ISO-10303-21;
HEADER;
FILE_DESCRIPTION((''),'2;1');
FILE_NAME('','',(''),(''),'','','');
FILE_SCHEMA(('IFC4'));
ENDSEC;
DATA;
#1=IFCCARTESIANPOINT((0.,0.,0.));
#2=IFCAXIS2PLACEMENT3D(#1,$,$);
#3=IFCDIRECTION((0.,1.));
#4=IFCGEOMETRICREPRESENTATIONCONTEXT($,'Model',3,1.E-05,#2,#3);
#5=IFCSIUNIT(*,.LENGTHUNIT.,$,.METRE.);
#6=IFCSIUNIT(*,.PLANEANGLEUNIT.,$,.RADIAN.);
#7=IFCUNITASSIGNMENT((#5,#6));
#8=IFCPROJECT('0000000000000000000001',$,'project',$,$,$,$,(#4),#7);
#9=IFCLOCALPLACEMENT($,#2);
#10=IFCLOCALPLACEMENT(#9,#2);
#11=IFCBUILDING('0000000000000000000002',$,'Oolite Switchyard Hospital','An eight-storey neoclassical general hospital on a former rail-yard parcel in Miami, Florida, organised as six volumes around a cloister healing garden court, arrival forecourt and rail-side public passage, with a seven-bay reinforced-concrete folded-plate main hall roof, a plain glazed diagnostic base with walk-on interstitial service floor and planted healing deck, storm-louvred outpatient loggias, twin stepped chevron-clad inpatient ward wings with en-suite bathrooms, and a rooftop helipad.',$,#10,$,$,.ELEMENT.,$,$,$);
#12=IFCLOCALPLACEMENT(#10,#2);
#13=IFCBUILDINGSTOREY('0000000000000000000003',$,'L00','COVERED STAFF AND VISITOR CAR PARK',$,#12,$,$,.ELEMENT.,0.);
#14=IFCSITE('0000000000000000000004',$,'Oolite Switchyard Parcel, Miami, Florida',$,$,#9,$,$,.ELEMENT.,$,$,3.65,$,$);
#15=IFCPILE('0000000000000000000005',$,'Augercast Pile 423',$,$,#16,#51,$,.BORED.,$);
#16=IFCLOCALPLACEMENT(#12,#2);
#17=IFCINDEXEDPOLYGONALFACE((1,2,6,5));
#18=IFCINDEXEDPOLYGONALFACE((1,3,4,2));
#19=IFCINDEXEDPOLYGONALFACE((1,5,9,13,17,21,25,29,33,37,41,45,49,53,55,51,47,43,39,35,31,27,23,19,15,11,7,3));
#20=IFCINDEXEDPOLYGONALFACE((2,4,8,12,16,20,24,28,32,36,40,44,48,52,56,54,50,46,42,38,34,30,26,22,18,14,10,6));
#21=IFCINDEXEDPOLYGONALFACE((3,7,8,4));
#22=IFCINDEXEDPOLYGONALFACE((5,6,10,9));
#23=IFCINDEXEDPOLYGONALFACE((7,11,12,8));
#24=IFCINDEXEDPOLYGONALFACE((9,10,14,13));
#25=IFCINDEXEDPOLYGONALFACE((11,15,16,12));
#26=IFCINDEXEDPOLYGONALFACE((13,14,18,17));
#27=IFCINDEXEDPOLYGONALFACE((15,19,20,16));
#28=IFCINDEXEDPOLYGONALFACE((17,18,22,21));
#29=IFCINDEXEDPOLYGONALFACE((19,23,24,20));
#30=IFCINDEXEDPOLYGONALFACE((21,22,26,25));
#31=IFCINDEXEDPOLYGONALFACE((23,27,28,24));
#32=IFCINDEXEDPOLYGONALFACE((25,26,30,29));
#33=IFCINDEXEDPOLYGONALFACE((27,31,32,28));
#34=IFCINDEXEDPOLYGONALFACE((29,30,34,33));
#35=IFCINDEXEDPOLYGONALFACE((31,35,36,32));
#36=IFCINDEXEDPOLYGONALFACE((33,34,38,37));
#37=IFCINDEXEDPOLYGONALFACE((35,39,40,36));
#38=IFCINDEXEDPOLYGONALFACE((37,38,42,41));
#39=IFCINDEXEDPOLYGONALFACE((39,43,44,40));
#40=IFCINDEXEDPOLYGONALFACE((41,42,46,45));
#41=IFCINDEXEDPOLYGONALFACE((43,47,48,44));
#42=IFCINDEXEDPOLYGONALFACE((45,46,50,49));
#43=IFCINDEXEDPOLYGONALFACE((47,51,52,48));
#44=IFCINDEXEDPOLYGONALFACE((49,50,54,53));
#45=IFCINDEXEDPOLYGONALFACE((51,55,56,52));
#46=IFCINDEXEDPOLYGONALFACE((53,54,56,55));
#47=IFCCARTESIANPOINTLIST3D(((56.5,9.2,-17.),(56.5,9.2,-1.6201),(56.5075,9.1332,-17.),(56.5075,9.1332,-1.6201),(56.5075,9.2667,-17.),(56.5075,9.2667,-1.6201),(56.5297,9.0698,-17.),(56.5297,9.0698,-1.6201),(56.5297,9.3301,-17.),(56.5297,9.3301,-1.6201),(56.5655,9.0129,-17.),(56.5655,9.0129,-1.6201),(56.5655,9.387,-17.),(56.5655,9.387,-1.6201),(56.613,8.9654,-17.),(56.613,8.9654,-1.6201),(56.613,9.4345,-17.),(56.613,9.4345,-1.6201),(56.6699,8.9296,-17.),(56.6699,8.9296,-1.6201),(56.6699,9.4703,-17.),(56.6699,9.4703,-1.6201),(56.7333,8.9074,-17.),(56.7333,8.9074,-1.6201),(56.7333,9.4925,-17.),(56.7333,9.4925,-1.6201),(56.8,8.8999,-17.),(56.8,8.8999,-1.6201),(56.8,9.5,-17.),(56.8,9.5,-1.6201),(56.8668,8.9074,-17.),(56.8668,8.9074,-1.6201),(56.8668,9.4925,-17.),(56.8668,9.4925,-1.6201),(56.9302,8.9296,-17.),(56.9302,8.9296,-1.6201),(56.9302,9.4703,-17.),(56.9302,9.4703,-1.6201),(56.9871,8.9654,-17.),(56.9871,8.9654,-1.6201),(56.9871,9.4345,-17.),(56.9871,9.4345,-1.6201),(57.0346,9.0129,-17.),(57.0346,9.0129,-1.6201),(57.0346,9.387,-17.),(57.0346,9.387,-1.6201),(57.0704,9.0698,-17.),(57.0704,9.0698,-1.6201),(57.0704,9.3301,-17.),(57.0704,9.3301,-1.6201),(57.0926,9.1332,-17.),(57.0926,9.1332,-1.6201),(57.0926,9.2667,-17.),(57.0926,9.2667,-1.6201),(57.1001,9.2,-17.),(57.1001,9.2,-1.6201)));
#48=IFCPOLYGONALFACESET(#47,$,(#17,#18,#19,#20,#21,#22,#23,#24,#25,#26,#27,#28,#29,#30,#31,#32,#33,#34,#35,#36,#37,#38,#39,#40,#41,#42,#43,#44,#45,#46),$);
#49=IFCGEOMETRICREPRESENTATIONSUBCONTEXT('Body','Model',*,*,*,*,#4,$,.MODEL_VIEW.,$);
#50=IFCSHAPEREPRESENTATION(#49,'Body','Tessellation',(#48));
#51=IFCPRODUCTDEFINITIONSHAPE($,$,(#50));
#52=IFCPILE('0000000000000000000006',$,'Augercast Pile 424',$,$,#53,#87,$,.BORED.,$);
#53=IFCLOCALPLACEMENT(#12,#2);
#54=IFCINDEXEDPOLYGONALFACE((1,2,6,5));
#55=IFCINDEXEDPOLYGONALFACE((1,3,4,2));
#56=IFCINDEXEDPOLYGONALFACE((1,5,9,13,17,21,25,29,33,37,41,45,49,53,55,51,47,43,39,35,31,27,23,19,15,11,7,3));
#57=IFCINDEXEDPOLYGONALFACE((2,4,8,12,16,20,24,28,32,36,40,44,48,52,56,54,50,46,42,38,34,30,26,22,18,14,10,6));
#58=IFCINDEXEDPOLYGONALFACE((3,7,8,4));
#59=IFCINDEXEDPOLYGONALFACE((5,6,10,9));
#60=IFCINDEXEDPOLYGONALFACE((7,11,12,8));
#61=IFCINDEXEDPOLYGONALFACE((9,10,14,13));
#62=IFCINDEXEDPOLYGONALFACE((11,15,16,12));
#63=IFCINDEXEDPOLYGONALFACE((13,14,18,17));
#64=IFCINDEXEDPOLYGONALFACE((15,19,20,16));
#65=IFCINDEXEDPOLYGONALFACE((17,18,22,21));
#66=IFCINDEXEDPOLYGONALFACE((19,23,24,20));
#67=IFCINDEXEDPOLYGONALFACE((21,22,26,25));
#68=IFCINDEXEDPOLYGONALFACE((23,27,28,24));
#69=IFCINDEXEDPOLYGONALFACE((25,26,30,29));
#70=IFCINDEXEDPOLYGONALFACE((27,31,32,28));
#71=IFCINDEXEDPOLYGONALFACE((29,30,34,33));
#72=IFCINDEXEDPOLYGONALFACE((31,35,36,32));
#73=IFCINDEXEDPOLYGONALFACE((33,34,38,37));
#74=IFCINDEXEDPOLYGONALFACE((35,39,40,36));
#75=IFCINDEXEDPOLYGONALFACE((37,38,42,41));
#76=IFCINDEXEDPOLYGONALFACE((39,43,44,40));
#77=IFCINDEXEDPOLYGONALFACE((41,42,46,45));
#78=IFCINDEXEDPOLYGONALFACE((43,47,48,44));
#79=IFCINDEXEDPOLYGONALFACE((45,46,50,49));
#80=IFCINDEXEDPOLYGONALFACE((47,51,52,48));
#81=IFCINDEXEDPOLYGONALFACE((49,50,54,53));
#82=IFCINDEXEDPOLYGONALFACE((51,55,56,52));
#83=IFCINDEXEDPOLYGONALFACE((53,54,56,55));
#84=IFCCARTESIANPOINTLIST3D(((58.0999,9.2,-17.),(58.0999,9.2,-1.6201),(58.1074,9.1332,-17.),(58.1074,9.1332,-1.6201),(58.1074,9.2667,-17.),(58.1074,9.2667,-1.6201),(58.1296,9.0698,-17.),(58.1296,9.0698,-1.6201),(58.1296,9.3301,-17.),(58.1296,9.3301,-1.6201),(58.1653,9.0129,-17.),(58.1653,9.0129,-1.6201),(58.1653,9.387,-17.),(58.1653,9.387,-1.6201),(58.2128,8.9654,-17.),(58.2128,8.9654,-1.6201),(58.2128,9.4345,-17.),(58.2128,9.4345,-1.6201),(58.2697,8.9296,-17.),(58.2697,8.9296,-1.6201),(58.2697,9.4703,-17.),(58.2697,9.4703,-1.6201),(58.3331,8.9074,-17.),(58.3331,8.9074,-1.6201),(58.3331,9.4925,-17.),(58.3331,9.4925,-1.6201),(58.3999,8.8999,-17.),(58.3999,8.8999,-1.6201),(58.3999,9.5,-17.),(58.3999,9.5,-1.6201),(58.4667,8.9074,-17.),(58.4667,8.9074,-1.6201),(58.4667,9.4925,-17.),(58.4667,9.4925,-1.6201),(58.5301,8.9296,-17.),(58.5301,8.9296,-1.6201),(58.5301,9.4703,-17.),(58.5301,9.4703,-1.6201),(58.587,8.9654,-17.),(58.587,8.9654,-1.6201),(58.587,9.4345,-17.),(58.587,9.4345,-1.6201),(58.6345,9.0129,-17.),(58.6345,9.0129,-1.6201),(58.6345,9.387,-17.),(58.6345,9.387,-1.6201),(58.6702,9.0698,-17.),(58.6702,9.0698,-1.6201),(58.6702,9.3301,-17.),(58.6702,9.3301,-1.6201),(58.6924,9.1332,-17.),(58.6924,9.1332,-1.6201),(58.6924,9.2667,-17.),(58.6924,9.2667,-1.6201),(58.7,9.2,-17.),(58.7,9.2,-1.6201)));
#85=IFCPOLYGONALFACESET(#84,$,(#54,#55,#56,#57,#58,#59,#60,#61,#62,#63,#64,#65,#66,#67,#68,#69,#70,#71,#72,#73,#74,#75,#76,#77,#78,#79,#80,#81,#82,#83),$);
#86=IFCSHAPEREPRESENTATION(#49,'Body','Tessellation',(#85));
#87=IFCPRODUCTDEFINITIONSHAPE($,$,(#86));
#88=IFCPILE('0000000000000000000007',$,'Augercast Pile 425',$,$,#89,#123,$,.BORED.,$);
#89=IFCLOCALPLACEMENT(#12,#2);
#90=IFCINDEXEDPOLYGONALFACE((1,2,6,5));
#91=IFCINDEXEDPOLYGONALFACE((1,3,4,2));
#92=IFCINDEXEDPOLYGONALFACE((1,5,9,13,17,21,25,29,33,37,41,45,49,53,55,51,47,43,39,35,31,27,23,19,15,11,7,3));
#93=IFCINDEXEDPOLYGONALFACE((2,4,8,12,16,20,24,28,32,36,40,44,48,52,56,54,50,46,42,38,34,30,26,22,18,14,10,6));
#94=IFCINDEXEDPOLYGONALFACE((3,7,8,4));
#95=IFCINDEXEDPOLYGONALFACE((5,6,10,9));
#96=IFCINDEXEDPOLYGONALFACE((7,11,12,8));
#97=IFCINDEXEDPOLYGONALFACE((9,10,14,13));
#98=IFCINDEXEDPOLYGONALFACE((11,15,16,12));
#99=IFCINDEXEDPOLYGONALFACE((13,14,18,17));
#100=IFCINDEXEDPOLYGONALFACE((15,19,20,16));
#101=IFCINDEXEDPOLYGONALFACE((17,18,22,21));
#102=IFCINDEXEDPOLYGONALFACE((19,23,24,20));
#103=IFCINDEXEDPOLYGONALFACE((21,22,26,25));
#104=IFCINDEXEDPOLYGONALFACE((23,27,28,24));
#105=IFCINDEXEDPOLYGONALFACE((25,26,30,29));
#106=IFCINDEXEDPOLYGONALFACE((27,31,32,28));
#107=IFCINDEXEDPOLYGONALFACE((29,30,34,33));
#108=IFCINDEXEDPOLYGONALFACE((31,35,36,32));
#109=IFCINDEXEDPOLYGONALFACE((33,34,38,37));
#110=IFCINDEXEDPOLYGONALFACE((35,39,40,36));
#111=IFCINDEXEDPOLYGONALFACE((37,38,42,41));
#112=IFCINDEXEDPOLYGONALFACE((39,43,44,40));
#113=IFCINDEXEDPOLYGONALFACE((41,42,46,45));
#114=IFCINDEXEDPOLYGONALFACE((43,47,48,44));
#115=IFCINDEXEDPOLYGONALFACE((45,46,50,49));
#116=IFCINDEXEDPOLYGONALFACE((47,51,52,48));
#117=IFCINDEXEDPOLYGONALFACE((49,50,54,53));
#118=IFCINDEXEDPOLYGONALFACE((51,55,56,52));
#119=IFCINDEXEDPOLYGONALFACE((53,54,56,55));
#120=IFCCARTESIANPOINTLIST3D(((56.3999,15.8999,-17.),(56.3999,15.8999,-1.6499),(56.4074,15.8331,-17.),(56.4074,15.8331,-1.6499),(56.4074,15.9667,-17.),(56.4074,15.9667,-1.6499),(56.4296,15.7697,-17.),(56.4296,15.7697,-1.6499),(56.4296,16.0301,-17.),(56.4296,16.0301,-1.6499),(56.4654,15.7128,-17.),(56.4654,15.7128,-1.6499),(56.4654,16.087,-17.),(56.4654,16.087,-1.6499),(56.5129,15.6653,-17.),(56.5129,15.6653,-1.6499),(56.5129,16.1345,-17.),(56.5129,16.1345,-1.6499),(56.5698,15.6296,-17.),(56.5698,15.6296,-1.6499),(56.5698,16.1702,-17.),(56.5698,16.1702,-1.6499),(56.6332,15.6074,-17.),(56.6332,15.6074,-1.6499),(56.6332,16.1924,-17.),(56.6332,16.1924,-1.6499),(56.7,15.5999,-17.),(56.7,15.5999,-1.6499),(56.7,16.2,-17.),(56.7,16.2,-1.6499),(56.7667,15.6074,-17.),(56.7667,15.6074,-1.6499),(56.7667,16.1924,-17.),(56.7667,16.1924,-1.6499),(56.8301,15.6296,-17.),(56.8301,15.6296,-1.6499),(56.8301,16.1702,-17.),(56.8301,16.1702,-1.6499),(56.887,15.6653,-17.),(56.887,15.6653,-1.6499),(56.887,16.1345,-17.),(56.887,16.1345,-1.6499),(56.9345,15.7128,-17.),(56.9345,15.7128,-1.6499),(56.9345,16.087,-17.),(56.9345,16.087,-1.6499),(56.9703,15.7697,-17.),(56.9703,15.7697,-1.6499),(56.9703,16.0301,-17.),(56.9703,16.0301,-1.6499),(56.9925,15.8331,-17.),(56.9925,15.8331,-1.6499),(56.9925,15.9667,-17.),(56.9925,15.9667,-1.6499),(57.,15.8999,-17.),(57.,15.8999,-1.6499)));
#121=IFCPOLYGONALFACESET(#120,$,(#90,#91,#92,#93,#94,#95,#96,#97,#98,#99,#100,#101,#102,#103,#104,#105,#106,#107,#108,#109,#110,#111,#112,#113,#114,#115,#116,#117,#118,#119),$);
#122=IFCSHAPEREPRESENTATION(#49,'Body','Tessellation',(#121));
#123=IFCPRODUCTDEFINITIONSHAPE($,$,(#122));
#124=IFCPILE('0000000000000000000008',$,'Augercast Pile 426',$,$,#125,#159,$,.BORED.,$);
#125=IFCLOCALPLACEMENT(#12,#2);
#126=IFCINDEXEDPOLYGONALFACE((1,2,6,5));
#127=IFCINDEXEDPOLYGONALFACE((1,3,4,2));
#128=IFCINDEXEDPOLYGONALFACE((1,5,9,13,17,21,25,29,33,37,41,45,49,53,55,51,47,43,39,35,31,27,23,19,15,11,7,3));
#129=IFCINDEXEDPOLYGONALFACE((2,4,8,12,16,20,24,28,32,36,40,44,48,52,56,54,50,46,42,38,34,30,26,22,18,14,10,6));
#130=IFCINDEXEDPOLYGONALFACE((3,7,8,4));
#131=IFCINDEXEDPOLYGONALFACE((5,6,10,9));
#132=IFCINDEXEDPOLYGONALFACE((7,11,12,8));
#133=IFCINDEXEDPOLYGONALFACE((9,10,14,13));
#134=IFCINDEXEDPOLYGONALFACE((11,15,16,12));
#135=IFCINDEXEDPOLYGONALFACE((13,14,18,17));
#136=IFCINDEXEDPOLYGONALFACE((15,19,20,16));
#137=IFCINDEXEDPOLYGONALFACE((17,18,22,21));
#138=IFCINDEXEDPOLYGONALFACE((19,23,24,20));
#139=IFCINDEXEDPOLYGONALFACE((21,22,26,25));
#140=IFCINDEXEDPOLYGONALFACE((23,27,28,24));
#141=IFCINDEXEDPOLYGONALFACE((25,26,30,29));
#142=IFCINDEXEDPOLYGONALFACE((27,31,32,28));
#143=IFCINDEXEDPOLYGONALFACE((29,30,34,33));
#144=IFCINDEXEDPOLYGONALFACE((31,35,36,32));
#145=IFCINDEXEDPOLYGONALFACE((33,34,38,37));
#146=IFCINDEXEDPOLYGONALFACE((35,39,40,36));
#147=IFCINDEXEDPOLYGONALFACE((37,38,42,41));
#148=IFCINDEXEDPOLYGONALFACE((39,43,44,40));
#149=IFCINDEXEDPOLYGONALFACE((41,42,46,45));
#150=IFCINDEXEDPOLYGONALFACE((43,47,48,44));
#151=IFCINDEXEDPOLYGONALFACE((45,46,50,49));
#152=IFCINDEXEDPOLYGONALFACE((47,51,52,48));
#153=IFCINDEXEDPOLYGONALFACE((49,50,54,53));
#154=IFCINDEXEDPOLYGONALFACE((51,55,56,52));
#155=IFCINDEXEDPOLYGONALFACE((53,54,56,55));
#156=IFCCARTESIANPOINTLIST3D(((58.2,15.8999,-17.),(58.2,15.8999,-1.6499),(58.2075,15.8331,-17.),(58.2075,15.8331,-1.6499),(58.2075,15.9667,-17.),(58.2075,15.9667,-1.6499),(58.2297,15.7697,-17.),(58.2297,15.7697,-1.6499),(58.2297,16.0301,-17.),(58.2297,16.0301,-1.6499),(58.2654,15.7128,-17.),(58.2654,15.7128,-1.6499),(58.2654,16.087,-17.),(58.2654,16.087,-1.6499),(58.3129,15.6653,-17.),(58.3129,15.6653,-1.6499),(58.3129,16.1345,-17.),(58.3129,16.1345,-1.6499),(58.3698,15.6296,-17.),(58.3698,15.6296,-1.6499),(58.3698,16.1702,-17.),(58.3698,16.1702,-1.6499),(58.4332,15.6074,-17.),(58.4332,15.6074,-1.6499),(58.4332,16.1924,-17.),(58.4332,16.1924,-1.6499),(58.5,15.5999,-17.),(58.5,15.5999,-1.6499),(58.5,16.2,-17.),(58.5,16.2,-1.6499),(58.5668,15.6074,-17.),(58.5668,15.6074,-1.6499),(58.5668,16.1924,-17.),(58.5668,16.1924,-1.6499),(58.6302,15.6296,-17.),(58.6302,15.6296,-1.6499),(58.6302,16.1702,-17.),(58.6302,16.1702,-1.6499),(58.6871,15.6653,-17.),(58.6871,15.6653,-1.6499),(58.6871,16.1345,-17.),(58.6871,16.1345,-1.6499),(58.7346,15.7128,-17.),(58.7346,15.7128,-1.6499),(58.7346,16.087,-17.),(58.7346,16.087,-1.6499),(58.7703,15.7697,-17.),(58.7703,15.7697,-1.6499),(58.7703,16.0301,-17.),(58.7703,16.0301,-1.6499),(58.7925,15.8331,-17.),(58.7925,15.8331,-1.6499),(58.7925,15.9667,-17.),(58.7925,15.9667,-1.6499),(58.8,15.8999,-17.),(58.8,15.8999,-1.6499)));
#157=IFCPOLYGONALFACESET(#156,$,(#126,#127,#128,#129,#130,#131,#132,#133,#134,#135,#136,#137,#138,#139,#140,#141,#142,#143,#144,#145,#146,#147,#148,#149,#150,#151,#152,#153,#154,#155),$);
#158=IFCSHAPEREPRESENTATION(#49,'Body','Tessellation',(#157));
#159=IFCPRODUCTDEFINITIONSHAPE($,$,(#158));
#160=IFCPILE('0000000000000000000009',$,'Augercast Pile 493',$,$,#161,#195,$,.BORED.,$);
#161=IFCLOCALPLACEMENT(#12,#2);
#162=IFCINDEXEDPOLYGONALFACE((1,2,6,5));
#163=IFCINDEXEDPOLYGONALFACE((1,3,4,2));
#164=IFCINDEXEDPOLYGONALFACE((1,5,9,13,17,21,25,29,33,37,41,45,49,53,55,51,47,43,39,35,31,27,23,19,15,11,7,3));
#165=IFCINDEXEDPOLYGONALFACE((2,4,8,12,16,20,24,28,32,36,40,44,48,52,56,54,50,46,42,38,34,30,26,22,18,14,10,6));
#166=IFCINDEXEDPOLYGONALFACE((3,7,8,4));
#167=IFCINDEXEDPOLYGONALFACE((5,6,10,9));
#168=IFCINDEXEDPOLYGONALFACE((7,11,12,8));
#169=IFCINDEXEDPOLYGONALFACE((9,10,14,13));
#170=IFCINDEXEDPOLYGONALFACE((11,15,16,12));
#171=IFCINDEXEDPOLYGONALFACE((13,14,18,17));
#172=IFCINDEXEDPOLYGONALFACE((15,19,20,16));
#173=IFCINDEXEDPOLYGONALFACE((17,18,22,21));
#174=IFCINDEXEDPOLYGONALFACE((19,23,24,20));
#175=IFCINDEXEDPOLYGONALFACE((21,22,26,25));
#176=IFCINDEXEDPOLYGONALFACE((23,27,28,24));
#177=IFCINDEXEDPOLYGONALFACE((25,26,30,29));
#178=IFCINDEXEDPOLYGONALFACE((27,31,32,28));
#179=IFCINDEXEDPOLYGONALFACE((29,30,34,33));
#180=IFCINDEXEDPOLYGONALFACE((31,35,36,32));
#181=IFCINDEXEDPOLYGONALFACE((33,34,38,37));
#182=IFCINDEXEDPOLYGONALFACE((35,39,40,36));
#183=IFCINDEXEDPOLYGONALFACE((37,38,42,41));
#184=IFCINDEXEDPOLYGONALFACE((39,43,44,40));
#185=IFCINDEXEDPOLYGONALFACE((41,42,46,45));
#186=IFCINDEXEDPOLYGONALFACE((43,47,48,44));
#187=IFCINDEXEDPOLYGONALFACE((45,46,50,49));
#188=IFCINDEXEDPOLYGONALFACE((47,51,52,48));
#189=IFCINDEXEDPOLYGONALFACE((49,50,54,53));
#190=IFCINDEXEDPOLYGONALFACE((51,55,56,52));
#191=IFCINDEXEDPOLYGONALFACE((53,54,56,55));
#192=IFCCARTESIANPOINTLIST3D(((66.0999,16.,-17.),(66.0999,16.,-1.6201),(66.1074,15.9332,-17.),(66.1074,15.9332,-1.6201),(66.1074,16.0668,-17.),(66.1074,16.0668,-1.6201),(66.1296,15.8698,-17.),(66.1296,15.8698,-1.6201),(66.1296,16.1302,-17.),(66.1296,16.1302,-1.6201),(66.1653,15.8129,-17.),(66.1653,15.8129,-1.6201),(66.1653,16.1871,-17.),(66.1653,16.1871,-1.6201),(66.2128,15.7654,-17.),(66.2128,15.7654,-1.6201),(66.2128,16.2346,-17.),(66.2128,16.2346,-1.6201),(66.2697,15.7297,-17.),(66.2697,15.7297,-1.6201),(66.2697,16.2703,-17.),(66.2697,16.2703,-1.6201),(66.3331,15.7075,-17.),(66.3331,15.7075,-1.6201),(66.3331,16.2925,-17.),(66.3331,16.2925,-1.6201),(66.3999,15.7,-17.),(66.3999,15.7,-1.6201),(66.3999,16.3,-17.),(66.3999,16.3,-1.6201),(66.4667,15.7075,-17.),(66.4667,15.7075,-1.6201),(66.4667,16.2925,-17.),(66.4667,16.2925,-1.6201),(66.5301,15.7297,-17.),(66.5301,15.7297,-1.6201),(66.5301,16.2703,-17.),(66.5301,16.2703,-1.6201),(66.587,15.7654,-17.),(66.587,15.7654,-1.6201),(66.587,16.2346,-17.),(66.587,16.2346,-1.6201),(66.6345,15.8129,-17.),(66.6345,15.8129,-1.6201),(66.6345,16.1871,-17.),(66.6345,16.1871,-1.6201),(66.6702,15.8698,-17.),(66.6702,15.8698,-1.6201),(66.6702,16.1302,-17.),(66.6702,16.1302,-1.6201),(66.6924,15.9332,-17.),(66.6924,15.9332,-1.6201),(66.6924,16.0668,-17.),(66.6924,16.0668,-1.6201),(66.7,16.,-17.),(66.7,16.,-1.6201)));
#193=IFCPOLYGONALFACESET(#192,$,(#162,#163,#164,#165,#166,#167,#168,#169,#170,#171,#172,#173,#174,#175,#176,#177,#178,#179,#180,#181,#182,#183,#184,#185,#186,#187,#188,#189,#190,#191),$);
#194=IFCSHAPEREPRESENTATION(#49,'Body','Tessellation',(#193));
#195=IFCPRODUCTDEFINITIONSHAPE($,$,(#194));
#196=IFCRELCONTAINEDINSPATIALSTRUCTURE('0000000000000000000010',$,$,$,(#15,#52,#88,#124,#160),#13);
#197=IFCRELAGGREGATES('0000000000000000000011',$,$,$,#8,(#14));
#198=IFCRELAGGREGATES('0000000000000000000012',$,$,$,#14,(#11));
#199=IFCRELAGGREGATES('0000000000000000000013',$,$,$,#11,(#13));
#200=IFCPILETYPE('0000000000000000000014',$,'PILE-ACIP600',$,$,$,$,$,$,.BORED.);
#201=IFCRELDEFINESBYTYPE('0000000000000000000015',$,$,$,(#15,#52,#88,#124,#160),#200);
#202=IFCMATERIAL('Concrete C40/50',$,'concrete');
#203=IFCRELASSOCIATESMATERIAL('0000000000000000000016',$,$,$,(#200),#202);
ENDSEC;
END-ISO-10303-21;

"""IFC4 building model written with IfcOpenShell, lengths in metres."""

from ifc_helpers import new_model, si_unit, direction, frame, origin, origin_2d, place, context, subcontext, project, spatial, circle, extrude, material, material_profile, profile_set, type_object, element, save


model = new_model("IFC4")

# Units and contexts
model_context = context("Model", 3, precision=1e-05, world=origin(), true_north=direction((0.0, 1.0)))
body_context = subcontext(model_context, "Body", "Model", "MODEL_VIEW")
ifc_project = project(units=[si_unit("LENGTHUNIT", "METRE"), si_unit("PLANEANGLEUNIT", "RADIAN")], contexts=[model_context])

# Site, building, storey
site_placement = place(None, origin())
site = spatial("IfcSite", under=ifc_project, at=site_placement, Name="Oolite Switchyard Parcel, Miami, Florida", CompositionType="ELEMENT", RefElevation=3.65)
building_placement = place(site_placement, origin())
building = spatial("IfcBuilding", under=site, at=building_placement, Name="Oolite Switchyard Hospital", Description="An eight-storey neoclassical general hospital on a former rail-yard parcel in Miami, Florida, organised as six volumes around a cloister healing garden court, arrival forecourt and rail-side public passage, with a seven-bay reinforced-concrete folded-plate main hall roof, a plain glazed diagnostic base with walk-on interstitial service floor and planted healing deck, storm-louvred outpatient loggias, twin stepped chevron-clad inpatient ward wings with en-suite bathrooms, and a rooftop helipad.", CompositionType="ELEMENT")
storey_placement = place(building_placement, origin())
storey = spatial("IfcBuildingStorey", under=building, at=storey_placement, Name="L00", Description="COVERED STAFF AND VISITOR CAR PARK", CompositionType="ELEMENT", Elevation=0.0)

# Shared definitions
ifc_material_1 = material(Name="Concrete C40/50", Category="concrete")

# Piles
ifc_material_profile_1 = material_profile(ifc_material_1, circle(Radius=0.3, at=origin_2d()), Name="PILE600")
ifc_profile_set_1 = profile_set([ifc_material_profile_1], Name="Concrete C40/50")
pile_type_1 = type_object("IfcPileType", Name="PILE-ACIP600", PredefinedType="BORED", material=ifc_profile_set_1)
for number, where, z_axis, x_axis, name in (
    (1, (56.8, 9.2, -1.6201), (0.0, 0.0, -1.0), (1.0, 0.0, 0.0), "Augercast Pile 423"),
    (2, (58.3999, 9.2, -1.6201), (0.0, 0.0, -1.0), (1.0, 0.0, 0.0), "Augercast Pile 424"),
):
    element("IfcPile", number, at=place(storey_placement, frame(where, z_axis=z_axis, x_axis=x_axis)), inside=storey, type_object=pile_type_1, Name=name, PredefinedType="BORED", context=body_context, shape_type="SweptSolid", body=[
        extrude(circle(Radius=0.3, at=origin_2d()), origin(), (0.0, 0.0, 1.0), 15.3799),
    ])
for number, where, z_axis, x_axis, name in (
    (3, (56.7, 15.8999, -1.6499), (0.0, 0.0, -1.0), (1.0, 0.0, 0.0), "Augercast Pile 425"),
    (4, (58.5, 15.8999, -1.6499), (0.0, 0.0, -1.0), (1.0, 0.0, 0.0), "Augercast Pile 426"),
):
    element("IfcPile", number, at=place(storey_placement, frame(where, z_axis=z_axis, x_axis=x_axis)), inside=storey, type_object=pile_type_1, Name=name, PredefinedType="BORED", context=body_context, shape_type="SweptSolid", body=[
        extrude(circle(Radius=0.3, at=origin_2d()), origin(), (0.0, 0.0, 1.0), 15.3501),
    ])
for number, where, z_axis, x_axis, name in (
    (5, (66.3999, 16.0, -1.6201), (0.0, 0.0, -1.0), (1.0, 0.0, 0.0), "Augercast Pile 493"),
):
    element("IfcPile", number, at=place(storey_placement, frame(where, z_axis=z_axis, x_axis=x_axis)), inside=storey, type_object=pile_type_1, Name=name, PredefinedType="BORED", context=body_context, shape_type="SweptSolid", body=[
        extrude(circle(Radius=0.3, at=origin_2d()), origin(), (0.0, 0.0, 1.0), 15.3799),
    ])

save(model, "model.ifc")
